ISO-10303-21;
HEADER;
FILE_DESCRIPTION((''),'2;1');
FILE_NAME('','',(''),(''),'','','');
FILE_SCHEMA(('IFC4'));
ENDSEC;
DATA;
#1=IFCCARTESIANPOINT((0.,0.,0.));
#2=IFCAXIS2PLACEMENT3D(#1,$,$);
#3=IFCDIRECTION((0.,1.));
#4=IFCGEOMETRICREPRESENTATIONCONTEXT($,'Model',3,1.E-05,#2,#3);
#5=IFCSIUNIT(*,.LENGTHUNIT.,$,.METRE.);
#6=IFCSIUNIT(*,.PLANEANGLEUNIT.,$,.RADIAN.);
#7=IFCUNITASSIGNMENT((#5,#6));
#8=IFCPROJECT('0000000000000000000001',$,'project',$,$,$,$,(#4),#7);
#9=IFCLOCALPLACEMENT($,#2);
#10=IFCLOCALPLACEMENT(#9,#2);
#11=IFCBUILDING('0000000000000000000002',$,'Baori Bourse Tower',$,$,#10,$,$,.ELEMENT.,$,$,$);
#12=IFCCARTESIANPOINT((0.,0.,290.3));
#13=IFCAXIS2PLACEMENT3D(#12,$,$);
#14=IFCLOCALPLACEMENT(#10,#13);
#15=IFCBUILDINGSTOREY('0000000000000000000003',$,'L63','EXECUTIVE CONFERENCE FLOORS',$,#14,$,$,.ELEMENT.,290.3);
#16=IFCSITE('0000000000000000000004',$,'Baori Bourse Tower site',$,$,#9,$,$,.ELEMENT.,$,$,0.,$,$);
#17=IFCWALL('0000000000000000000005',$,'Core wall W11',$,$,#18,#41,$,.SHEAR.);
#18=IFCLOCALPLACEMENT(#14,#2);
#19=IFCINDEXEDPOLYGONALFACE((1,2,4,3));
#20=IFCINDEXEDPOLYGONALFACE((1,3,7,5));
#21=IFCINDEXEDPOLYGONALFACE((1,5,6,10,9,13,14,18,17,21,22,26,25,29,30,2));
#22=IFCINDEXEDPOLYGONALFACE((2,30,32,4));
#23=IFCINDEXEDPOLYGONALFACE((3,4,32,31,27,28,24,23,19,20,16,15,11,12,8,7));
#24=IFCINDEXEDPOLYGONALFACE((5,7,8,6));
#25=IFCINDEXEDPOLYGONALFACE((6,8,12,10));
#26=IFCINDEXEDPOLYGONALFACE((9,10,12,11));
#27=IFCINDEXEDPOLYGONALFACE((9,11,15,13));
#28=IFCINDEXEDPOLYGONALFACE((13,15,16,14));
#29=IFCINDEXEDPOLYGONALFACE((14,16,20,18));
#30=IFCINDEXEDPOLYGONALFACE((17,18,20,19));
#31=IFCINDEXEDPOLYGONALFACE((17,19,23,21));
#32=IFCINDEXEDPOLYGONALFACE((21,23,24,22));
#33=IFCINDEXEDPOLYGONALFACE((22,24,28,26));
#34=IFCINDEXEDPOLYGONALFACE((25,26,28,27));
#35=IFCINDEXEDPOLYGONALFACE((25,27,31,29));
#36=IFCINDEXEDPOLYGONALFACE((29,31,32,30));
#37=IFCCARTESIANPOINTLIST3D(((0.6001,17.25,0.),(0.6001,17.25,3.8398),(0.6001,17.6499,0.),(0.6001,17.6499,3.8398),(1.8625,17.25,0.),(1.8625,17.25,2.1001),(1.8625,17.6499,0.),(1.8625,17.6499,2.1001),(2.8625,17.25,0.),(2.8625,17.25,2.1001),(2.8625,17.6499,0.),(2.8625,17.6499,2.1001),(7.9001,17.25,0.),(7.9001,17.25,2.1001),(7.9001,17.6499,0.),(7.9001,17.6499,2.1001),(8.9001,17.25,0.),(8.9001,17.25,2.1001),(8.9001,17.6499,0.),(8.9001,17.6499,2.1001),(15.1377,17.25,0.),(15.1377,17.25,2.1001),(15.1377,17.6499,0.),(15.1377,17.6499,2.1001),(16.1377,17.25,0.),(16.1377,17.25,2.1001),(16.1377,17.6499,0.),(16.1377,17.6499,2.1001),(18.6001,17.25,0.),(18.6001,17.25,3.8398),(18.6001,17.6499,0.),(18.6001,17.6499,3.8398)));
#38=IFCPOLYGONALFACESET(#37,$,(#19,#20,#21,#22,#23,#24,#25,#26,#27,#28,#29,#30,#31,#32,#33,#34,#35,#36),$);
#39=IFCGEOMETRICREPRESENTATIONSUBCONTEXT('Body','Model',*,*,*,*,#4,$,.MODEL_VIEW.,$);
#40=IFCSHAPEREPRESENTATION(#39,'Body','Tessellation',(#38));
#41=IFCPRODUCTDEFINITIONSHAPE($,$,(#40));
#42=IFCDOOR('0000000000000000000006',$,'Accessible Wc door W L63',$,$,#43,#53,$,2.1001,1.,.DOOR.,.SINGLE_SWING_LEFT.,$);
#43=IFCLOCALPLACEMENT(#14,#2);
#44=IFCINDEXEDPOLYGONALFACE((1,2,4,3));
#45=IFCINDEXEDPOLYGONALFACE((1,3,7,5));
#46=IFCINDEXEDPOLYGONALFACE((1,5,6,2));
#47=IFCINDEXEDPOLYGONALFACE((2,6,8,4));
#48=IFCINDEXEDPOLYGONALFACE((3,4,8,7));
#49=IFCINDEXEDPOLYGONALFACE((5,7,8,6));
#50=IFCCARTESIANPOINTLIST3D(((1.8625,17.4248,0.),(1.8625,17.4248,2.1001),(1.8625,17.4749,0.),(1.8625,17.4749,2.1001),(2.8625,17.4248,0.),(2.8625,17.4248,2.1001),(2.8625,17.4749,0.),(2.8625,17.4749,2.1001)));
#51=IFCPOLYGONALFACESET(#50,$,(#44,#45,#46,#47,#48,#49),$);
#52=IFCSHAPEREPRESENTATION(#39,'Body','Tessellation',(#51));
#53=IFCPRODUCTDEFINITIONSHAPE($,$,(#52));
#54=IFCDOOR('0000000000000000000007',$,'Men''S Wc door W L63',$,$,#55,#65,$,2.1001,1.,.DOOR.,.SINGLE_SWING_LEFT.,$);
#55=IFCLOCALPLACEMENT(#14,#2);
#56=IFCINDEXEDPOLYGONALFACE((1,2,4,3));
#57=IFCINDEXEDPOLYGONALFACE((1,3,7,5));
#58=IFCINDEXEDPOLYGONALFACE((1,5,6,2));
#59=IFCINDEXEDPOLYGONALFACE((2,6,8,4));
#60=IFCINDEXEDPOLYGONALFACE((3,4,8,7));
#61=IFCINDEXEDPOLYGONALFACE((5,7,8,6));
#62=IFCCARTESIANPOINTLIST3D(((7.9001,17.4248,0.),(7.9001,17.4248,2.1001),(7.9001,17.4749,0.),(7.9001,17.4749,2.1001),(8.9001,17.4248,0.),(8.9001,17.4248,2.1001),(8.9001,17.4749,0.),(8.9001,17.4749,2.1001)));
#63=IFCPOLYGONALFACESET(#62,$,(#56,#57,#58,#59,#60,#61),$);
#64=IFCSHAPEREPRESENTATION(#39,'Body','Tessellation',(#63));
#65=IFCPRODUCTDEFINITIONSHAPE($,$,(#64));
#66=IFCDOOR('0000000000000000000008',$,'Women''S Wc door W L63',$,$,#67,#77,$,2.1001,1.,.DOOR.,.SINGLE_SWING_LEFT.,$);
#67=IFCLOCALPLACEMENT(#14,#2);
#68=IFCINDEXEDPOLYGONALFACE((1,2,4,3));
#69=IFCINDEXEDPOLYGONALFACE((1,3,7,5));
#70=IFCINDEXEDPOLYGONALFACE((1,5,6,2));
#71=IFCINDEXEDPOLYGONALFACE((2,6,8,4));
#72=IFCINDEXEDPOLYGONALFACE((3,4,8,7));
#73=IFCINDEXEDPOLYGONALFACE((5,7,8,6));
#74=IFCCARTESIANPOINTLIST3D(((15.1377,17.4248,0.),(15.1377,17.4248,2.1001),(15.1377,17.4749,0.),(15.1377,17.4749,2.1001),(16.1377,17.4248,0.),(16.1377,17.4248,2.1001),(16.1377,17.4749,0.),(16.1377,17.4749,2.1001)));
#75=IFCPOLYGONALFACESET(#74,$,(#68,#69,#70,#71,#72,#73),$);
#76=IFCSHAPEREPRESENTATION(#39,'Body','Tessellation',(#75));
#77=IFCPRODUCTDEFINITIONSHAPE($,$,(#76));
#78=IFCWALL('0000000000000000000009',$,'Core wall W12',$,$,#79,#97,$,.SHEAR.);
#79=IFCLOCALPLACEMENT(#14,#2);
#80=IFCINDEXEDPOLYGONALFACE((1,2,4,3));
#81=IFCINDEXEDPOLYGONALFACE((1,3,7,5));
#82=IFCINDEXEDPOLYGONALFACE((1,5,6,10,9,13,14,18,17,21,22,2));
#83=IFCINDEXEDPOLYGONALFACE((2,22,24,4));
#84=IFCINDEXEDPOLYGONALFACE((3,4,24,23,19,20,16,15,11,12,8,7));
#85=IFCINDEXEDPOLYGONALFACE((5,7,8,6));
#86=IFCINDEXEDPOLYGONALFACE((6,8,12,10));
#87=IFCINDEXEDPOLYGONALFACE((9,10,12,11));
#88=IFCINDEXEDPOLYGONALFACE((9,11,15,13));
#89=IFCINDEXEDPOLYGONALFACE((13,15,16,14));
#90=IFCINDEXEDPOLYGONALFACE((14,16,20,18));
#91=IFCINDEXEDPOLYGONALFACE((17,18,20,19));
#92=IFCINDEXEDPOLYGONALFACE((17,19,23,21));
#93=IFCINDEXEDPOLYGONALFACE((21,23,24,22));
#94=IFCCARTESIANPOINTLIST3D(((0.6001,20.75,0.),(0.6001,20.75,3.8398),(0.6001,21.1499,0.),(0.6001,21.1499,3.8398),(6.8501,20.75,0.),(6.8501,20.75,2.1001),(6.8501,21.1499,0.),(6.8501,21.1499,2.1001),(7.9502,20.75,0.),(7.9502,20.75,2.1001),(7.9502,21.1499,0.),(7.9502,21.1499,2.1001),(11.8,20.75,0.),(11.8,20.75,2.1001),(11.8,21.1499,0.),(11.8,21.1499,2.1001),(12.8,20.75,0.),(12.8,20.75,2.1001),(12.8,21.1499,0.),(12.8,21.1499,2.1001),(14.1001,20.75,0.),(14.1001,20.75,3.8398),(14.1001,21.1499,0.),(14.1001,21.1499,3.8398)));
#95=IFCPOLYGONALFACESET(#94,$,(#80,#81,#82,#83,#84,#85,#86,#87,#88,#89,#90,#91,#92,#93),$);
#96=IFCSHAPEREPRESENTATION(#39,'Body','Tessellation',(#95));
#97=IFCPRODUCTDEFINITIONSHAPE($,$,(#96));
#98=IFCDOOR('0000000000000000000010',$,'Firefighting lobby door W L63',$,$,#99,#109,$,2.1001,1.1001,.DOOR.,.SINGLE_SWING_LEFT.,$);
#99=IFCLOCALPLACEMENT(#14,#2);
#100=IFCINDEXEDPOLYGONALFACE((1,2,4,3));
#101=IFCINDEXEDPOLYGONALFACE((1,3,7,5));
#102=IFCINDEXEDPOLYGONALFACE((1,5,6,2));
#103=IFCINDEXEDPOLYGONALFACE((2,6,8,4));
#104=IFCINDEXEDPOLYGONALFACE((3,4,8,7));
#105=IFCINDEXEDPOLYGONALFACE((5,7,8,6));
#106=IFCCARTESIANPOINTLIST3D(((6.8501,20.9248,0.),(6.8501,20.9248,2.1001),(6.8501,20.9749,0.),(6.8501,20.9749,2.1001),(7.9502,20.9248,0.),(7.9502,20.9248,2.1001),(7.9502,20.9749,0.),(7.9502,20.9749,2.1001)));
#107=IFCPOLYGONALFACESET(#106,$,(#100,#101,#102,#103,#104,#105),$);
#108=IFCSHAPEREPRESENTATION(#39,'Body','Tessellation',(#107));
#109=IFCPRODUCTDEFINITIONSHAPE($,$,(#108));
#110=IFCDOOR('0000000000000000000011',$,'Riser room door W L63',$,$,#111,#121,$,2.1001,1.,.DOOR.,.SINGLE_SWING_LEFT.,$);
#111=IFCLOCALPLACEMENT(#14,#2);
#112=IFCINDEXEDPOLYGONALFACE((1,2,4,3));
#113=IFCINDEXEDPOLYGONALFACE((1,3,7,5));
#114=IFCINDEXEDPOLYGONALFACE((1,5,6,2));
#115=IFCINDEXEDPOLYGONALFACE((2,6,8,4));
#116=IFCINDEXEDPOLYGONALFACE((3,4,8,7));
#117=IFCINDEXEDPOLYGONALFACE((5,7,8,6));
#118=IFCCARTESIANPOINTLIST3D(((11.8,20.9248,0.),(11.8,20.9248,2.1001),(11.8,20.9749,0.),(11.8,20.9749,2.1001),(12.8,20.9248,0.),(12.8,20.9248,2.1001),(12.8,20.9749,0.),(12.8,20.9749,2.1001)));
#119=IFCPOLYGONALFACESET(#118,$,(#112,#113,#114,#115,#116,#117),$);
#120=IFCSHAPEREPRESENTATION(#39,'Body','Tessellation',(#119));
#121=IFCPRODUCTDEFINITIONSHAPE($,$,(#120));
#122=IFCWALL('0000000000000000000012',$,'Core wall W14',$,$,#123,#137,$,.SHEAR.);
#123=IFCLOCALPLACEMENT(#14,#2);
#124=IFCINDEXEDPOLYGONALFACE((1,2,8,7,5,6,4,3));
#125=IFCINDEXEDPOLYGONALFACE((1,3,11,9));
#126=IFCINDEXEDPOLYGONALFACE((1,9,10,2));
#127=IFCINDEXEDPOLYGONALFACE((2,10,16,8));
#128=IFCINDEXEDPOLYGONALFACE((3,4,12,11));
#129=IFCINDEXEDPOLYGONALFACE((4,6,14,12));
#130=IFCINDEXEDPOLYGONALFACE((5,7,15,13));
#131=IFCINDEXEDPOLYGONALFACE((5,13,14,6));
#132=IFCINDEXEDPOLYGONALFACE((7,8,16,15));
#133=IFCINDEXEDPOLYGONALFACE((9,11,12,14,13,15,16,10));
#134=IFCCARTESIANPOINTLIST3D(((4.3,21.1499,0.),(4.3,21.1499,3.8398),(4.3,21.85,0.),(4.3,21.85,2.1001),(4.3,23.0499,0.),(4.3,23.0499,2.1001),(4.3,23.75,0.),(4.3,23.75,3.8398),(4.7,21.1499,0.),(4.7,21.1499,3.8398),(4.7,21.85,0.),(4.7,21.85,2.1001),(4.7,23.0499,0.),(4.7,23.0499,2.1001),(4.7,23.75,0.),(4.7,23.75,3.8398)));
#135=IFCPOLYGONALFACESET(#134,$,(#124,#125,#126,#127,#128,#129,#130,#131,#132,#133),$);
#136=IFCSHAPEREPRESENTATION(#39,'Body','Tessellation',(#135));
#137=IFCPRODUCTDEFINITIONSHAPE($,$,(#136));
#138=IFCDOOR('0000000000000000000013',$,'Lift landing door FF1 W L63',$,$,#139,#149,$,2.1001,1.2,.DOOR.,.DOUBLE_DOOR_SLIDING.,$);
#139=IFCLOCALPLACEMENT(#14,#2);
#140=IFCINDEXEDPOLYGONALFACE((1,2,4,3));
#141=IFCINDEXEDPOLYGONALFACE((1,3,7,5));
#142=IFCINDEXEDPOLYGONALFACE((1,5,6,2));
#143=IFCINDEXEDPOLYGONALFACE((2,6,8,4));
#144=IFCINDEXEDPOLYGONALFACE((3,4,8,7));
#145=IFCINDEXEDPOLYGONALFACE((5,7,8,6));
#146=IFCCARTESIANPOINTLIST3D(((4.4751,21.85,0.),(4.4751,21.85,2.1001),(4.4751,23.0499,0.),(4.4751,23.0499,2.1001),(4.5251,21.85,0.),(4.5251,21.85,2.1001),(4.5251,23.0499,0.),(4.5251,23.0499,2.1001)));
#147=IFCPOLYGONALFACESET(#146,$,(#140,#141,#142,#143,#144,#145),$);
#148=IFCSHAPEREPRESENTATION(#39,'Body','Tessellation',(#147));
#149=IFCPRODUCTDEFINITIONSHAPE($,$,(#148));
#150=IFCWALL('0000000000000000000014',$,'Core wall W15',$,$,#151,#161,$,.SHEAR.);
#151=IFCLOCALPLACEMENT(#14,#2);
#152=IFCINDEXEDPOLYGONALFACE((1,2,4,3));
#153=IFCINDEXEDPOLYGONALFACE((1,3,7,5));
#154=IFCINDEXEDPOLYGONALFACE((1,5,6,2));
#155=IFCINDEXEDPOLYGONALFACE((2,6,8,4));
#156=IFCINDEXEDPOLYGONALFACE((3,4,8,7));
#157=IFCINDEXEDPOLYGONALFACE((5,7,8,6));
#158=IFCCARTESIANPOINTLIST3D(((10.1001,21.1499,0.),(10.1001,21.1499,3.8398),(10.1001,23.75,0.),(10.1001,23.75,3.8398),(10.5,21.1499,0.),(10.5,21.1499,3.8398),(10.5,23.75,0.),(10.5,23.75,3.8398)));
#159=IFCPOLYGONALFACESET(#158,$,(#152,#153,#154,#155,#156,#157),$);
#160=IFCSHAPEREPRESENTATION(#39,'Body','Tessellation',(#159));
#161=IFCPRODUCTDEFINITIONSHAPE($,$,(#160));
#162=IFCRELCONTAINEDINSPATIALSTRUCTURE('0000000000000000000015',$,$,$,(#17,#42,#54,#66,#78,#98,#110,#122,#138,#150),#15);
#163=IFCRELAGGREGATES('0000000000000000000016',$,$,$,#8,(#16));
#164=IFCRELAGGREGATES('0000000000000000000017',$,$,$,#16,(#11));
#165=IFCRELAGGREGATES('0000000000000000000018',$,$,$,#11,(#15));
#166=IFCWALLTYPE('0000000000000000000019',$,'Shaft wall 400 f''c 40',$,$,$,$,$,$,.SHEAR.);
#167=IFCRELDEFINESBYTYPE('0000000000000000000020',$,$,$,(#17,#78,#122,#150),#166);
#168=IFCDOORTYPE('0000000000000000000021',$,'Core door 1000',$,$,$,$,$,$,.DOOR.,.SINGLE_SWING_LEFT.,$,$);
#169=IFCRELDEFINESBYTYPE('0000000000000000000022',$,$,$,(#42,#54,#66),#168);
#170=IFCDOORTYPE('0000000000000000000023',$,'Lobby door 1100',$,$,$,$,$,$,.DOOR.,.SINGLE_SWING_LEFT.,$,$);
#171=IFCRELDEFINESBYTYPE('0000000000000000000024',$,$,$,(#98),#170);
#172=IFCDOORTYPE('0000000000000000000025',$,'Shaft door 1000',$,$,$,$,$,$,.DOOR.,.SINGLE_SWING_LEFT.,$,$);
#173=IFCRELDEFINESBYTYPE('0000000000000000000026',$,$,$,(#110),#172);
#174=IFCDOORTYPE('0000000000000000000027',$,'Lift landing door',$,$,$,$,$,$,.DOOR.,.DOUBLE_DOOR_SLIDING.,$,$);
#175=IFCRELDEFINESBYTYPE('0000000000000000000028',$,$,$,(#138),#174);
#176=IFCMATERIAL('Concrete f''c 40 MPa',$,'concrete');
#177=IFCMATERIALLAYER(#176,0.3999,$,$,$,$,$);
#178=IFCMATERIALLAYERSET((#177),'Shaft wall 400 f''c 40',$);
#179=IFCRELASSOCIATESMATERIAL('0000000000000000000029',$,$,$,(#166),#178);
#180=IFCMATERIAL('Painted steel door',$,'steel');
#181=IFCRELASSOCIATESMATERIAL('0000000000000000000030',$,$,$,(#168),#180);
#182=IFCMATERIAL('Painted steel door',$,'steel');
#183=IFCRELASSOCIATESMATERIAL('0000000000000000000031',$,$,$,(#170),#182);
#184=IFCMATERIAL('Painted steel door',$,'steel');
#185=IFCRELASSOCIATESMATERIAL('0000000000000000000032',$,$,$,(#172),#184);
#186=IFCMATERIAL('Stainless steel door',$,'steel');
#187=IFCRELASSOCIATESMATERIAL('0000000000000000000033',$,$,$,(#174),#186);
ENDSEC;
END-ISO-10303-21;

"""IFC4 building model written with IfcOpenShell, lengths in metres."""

from ifc_helpers import new_model, si_unit, direction, frame, frame_2d, origin, place, context, subcontext, project, spatial, rectangle, extrude, material, layer, layer_set, type_object, element, fill, save


model = new_model("IFC4")

# Units and contexts
model_context = context("Model", 3, precision=1e-05, world=origin(), true_north=direction((0.0, 1.0)))
body_context = subcontext(model_context, "Body", "Model", "MODEL_VIEW")
ifc_project = project(units=[si_unit("LENGTHUNIT", "METRE"), si_unit("PLANEANGLEUNIT", "RADIAN")], contexts=[model_context])

# Site, building, storey
site_placement = place(None, origin())
site = spatial("IfcSite", under=ifc_project, at=site_placement, Name="Baori Bourse Tower site", CompositionType="ELEMENT", RefElevation=0.0)
building_placement = place(site_placement, origin())
building = spatial("IfcBuilding", under=site, at=building_placement, Name="Baori Bourse Tower", CompositionType="ELEMENT")
storey_placement = place(building_placement, frame((0.0, 0.0, 290.3)))
storey = spatial("IfcBuildingStorey", under=building, at=storey_placement, Name="L63", Description="EXECUTIVE CONFERENCE FLOORS", CompositionType="ELEMENT", Elevation=290.3)

# Shared definitions
ifc_material_1 = material(Name="Concrete f'c 40 MPa", Category="concrete")
ifc_layer_1 = layer(ifc_material_1, 0.3999)
ifc_layer_set_1 = layer_set([ifc_layer_1], Name="Shaft wall 400 f'c 40")
wall_type_1 = type_object("IfcWallType", Name="Shaft wall 400 f'c 40", PredefinedType="SHEAR", material=ifc_layer_set_1)

# Walls, openings, doors
wall_1_placement = place(storey_placement, frame((0.6001, 17.45, 0.0), z_axis=(0.0, 0.0, 1.0), x_axis=(1.0, 0.0, 0.0)))
wall_1 = element("IfcWall", 1, at=wall_1_placement, inside=storey, type_object=wall_type_1, Name="Core wall W11", PredefinedType="SHEAR", context=body_context, shape_type="SweptSolid", body=[
    extrude(rectangle(XDim=18.0, YDim=0.3999, at=frame_2d((9.0, 0.0))), origin(), (0.0, 0.0, 1.0), 3.8398),
])
opening_1_placement = place(wall_1_placement, frame((1.2625, 0.0, 0.0)))
opening_1 = element("IfcOpeningElement", 2, at=opening_1_placement, cuts=wall_1, PredefinedType="OPENING", context=body_context, shape_type="SweptSolid", body=[
    extrude(rectangle(XDim=1.0, YDim=2.1001, at=frame_2d((0.5, 1.05))), frame((0.0, 0.21, 0.0), z_axis=(0.0, -1.0, 0.0), x_axis=(1.0, 0.0, 0.0)), (0.0, 0.0, 1.0), 0.4199),
])
opening_2_placement = place(wall_1_placement, frame((7.3, 0.0, 0.0)))
opening_2 = element("IfcOpeningElement", 3, at=opening_2_placement, cuts=wall_1, PredefinedType="OPENING", context=body_context, shape_type="SweptSolid", body=[
    extrude(rectangle(XDim=1.0, YDim=2.1001, at=frame_2d((0.5, 1.05))), frame((0.0, 0.21, 0.0), z_axis=(0.0, -1.0, 0.0), x_axis=(1.0, 0.0, 0.0)), (0.0, 0.0, 1.0), 0.4199),
])
opening_3_placement = place(wall_1_placement, frame((14.5376, 0.0, 0.0)))
opening_3 = element("IfcOpeningElement", 4, at=opening_3_placement, cuts=wall_1, PredefinedType="OPENING", context=body_context, shape_type="SweptSolid", body=[
    extrude(rectangle(XDim=1.0, YDim=2.1001, at=frame_2d((0.5, 1.05))), frame((0.0, 0.21, 0.0), z_axis=(0.0, -1.0, 0.0), x_axis=(1.0, 0.0, 0.0)), (0.0, 0.0, 1.0), 0.4199),
])
ifc_material_2 = material(Name="Painted steel door", Category="steel")
door_type_1 = type_object("IfcDoorType", Name="Core door 1000", OperationType="SINGLE_SWING_LEFT", PredefinedType="DOOR", material=ifc_material_2)
door_1_placement = place(opening_1_placement, origin())
door_1 = element("IfcDoor", 5, at=door_1_placement, inside=storey, type_object=door_type_1, Name="Accessible Wc door W L63", OperationType="SINGLE_SWING_LEFT", OverallHeight=2.1001, OverallWidth=1.0, PredefinedType="DOOR", context=body_context, shape_type="SweptSolid", body=[
    extrude(rectangle(XDim=1.0, YDim=2.1001, at=frame_2d((0.5, 1.05))), frame((0.0, 0.0249, 0.0), z_axis=(0.0, -1.0, 0.0), x_axis=(1.0, 0.0, 0.0)), (0.0, 0.0, 1.0), 0.05),
])
fill(opening_1, door_1)
door_2_placement = place(opening_2_placement, origin())
door_2 = element("IfcDoor", 6, at=door_2_placement, inside=storey, type_object=door_type_1, Name="Men'S Wc door W L63", OperationType="SINGLE_SWING_LEFT", OverallHeight=2.1001, OverallWidth=1.0, PredefinedType="DOOR", context=body_context, shape_type="SweptSolid", body=[
    extrude(rectangle(XDim=1.0, YDim=2.1001, at=frame_2d((0.5, 1.05))), frame((0.0, 0.0249, 0.0), z_axis=(0.0, -1.0, 0.0), x_axis=(1.0, 0.0, 0.0)), (0.0, 0.0, 1.0), 0.05),
])
fill(opening_2, door_2)
door_3_placement = place(opening_3_placement, origin())
door_3 = element("IfcDoor", 7, at=door_3_placement, inside=storey, type_object=door_type_1, Name="Women'S Wc door W L63", OperationType="SINGLE_SWING_LEFT", OverallHeight=2.1001, OverallWidth=1.0, PredefinedType="DOOR", context=body_context, shape_type="SweptSolid", body=[
    extrude(rectangle(XDim=1.0, YDim=2.1001, at=frame_2d((0.5, 1.05))), frame((0.0, 0.0249, 0.0), z_axis=(0.0, -1.0, 0.0), x_axis=(1.0, 0.0, 0.0)), (0.0, 0.0, 1.0), 0.05),
])
fill(opening_3, door_3)
wall_2_placement = place(storey_placement, frame((0.6001, 20.95, 0.0), z_axis=(0.0, 0.0, 1.0), x_axis=(1.0, 0.0, 0.0)))
wall_2 = element("IfcWall", 8, at=wall_2_placement, inside=storey, type_object=wall_type_1, Name="Core wall W12", PredefinedType="SHEAR", context=body_context, shape_type="SweptSolid", body=[
    extrude(rectangle(XDim=13.5, YDim=0.3999, at=frame_2d((6.75, 0.0))), origin(), (0.0, 0.0, 1.0), 3.8398),
])
opening_4_placement = place(wall_2_placement, frame((6.25, 0.0, 0.0)))
opening_4 = element("IfcOpeningElement", 9, at=opening_4_placement, cuts=wall_2, PredefinedType="OPENING", context=body_context, shape_type="SweptSolid", body=[
    extrude(rectangle(XDim=1.1001, YDim=2.1001, at=frame_2d((0.55, 1.05))), frame((0.0, 0.21, 0.0), z_axis=(0.0, -1.0, 0.0), x_axis=(1.0, 0.0, 0.0)), (0.0, 0.0, 1.0), 0.4199),
])
opening_5_placement = place(wall_2_placement, frame((11.2, 0.0, 0.0)))
opening_5 = element("IfcOpeningElement", 10, at=opening_5_placement, cuts=wall_2, PredefinedType="OPENING", context=body_context, shape_type="SweptSolid", body=[
    extrude(rectangle(XDim=1.0, YDim=2.1001, at=frame_2d((0.5, 1.05))), frame((0.0, 0.21, 0.0), z_axis=(0.0, -1.0, 0.0), x_axis=(1.0, 0.0, 0.0)), (0.0, 0.0, 1.0), 0.4199),
])
ifc_material_3 = material(Name="Painted steel door", Category="steel")
door_type_2 = type_object("IfcDoorType", Name="Lobby door 1100", OperationType="SINGLE_SWING_LEFT", PredefinedType="DOOR", material=ifc_material_3)
door_4_placement = place(opening_4_placement, origin())
door_4 = element("IfcDoor", 11, at=door_4_placement, inside=storey, type_object=door_type_2, Name="Firefighting lobby door W L63", OperationType="SINGLE_SWING_LEFT", OverallHeight=2.1001, OverallWidth=1.1001, PredefinedType="DOOR", context=body_context, shape_type="SweptSolid", body=[
    extrude(rectangle(XDim=1.1001, YDim=2.1001, at=frame_2d((0.55, 1.05))), frame((0.0, 0.0249, 0.0), z_axis=(0.0, -1.0, 0.0), x_axis=(1.0, 0.0, 0.0)), (0.0, 0.0, 1.0), 0.05),
])
fill(opening_4, door_4)
ifc_material_4 = material(Name="Painted steel door", Category="steel")
door_type_3 = type_object("IfcDoorType", Name="Shaft door 1000", OperationType="SINGLE_SWING_LEFT", PredefinedType="DOOR", material=ifc_material_4)
door_5_placement = place(opening_5_placement, origin())
door_5 = element("IfcDoor", 12, at=door_5_placement, inside=storey, type_object=door_type_3, Name="Riser room door W L63", OperationType="SINGLE_SWING_LEFT", OverallHeight=2.1001, OverallWidth=1.0, PredefinedType="DOOR", context=body_context, shape_type="SweptSolid", body=[
    extrude(rectangle(XDim=1.0, YDim=2.1001, at=frame_2d((0.5, 1.05))), frame((0.0, 0.0249, 0.0), z_axis=(0.0, -1.0, 0.0), x_axis=(1.0, 0.0, 0.0)), (0.0, 0.0, 1.0), 0.05),
])
fill(opening_5, door_5)

# Wall, opening, door
wall_3_placement = place(storey_placement, frame((4.5, 21.1499, 0.0), z_axis=(0.0, 0.0, 1.0), x_axis=(0.0, 1.0, 0.0)))
wall_3 = element("IfcWall", 13, at=wall_3_placement, inside=storey, type_object=wall_type_1, Name="Core wall W14", PredefinedType="SHEAR", context=body_context, shape_type="SweptSolid", body=[
    extrude(rectangle(XDim=2.6001, YDim=0.3999, at=frame_2d((1.3, 0.0))), origin(), (0.0, 0.0, 1.0), 3.8398),
])
opening_6_placement = place(wall_3_placement, frame((0.7, 0.0, 0.0)))
opening_6 = element("IfcOpeningElement", 14, at=opening_6_placement, cuts=wall_3, PredefinedType="OPENING", context=body_context, shape_type="SweptSolid", body=[
    extrude(rectangle(XDim=1.2, YDim=2.1001, at=frame_2d((0.6001, 1.05))), frame((0.0, 0.21, 0.0), z_axis=(0.0, -1.0, 0.0), x_axis=(1.0, 0.0, 0.0)), (0.0, 0.0, 1.0), 0.4199),
])
ifc_material_5 = material(Name="Stainless steel door", Category="steel")
door_type_4 = type_object("IfcDoorType", Name="Lift landing door", OperationType="DOUBLE_DOOR_SLIDING", PredefinedType="DOOR", material=ifc_material_5)
door_6_placement = place(opening_6_placement, origin())
door_6 = element("IfcDoor", 15, at=door_6_placement, inside=storey, type_object=door_type_4, Name="Lift landing door FF1 W L63", OperationType="DOUBLE_DOOR_SLIDING", OverallHeight=2.1001, OverallWidth=1.2, PredefinedType="DOOR", context=body_context, shape_type="SweptSolid", body=[
    extrude(rectangle(XDim=1.2, YDim=2.1001, at=frame_2d((0.6001, 1.05))), frame((0.0, 0.0249, 0.0), z_axis=(0.0, -1.0, 0.0), x_axis=(1.0, 0.0, 0.0)), (0.0, 0.0, 1.0), 0.05),
])
fill(opening_6, door_6)

# Wall
wall_4_placement = place(storey_placement, frame((10.3, 21.1499, 0.0), z_axis=(0.0, 0.0, 1.0), x_axis=(0.0, 1.0, 0.0)))
element("IfcWall", 16, at=wall_4_placement, inside=storey, type_object=wall_type_1, Name="Core wall W15", PredefinedType="SHEAR", context=body_context, shape_type="SweptSolid", body=[
    extrude(rectangle(XDim=2.6001, YDim=0.3999, at=frame_2d((1.3, 0.0))), origin(), (0.0, 0.0, 1.0), 3.8398),
])

save(model, "model.ifc")
